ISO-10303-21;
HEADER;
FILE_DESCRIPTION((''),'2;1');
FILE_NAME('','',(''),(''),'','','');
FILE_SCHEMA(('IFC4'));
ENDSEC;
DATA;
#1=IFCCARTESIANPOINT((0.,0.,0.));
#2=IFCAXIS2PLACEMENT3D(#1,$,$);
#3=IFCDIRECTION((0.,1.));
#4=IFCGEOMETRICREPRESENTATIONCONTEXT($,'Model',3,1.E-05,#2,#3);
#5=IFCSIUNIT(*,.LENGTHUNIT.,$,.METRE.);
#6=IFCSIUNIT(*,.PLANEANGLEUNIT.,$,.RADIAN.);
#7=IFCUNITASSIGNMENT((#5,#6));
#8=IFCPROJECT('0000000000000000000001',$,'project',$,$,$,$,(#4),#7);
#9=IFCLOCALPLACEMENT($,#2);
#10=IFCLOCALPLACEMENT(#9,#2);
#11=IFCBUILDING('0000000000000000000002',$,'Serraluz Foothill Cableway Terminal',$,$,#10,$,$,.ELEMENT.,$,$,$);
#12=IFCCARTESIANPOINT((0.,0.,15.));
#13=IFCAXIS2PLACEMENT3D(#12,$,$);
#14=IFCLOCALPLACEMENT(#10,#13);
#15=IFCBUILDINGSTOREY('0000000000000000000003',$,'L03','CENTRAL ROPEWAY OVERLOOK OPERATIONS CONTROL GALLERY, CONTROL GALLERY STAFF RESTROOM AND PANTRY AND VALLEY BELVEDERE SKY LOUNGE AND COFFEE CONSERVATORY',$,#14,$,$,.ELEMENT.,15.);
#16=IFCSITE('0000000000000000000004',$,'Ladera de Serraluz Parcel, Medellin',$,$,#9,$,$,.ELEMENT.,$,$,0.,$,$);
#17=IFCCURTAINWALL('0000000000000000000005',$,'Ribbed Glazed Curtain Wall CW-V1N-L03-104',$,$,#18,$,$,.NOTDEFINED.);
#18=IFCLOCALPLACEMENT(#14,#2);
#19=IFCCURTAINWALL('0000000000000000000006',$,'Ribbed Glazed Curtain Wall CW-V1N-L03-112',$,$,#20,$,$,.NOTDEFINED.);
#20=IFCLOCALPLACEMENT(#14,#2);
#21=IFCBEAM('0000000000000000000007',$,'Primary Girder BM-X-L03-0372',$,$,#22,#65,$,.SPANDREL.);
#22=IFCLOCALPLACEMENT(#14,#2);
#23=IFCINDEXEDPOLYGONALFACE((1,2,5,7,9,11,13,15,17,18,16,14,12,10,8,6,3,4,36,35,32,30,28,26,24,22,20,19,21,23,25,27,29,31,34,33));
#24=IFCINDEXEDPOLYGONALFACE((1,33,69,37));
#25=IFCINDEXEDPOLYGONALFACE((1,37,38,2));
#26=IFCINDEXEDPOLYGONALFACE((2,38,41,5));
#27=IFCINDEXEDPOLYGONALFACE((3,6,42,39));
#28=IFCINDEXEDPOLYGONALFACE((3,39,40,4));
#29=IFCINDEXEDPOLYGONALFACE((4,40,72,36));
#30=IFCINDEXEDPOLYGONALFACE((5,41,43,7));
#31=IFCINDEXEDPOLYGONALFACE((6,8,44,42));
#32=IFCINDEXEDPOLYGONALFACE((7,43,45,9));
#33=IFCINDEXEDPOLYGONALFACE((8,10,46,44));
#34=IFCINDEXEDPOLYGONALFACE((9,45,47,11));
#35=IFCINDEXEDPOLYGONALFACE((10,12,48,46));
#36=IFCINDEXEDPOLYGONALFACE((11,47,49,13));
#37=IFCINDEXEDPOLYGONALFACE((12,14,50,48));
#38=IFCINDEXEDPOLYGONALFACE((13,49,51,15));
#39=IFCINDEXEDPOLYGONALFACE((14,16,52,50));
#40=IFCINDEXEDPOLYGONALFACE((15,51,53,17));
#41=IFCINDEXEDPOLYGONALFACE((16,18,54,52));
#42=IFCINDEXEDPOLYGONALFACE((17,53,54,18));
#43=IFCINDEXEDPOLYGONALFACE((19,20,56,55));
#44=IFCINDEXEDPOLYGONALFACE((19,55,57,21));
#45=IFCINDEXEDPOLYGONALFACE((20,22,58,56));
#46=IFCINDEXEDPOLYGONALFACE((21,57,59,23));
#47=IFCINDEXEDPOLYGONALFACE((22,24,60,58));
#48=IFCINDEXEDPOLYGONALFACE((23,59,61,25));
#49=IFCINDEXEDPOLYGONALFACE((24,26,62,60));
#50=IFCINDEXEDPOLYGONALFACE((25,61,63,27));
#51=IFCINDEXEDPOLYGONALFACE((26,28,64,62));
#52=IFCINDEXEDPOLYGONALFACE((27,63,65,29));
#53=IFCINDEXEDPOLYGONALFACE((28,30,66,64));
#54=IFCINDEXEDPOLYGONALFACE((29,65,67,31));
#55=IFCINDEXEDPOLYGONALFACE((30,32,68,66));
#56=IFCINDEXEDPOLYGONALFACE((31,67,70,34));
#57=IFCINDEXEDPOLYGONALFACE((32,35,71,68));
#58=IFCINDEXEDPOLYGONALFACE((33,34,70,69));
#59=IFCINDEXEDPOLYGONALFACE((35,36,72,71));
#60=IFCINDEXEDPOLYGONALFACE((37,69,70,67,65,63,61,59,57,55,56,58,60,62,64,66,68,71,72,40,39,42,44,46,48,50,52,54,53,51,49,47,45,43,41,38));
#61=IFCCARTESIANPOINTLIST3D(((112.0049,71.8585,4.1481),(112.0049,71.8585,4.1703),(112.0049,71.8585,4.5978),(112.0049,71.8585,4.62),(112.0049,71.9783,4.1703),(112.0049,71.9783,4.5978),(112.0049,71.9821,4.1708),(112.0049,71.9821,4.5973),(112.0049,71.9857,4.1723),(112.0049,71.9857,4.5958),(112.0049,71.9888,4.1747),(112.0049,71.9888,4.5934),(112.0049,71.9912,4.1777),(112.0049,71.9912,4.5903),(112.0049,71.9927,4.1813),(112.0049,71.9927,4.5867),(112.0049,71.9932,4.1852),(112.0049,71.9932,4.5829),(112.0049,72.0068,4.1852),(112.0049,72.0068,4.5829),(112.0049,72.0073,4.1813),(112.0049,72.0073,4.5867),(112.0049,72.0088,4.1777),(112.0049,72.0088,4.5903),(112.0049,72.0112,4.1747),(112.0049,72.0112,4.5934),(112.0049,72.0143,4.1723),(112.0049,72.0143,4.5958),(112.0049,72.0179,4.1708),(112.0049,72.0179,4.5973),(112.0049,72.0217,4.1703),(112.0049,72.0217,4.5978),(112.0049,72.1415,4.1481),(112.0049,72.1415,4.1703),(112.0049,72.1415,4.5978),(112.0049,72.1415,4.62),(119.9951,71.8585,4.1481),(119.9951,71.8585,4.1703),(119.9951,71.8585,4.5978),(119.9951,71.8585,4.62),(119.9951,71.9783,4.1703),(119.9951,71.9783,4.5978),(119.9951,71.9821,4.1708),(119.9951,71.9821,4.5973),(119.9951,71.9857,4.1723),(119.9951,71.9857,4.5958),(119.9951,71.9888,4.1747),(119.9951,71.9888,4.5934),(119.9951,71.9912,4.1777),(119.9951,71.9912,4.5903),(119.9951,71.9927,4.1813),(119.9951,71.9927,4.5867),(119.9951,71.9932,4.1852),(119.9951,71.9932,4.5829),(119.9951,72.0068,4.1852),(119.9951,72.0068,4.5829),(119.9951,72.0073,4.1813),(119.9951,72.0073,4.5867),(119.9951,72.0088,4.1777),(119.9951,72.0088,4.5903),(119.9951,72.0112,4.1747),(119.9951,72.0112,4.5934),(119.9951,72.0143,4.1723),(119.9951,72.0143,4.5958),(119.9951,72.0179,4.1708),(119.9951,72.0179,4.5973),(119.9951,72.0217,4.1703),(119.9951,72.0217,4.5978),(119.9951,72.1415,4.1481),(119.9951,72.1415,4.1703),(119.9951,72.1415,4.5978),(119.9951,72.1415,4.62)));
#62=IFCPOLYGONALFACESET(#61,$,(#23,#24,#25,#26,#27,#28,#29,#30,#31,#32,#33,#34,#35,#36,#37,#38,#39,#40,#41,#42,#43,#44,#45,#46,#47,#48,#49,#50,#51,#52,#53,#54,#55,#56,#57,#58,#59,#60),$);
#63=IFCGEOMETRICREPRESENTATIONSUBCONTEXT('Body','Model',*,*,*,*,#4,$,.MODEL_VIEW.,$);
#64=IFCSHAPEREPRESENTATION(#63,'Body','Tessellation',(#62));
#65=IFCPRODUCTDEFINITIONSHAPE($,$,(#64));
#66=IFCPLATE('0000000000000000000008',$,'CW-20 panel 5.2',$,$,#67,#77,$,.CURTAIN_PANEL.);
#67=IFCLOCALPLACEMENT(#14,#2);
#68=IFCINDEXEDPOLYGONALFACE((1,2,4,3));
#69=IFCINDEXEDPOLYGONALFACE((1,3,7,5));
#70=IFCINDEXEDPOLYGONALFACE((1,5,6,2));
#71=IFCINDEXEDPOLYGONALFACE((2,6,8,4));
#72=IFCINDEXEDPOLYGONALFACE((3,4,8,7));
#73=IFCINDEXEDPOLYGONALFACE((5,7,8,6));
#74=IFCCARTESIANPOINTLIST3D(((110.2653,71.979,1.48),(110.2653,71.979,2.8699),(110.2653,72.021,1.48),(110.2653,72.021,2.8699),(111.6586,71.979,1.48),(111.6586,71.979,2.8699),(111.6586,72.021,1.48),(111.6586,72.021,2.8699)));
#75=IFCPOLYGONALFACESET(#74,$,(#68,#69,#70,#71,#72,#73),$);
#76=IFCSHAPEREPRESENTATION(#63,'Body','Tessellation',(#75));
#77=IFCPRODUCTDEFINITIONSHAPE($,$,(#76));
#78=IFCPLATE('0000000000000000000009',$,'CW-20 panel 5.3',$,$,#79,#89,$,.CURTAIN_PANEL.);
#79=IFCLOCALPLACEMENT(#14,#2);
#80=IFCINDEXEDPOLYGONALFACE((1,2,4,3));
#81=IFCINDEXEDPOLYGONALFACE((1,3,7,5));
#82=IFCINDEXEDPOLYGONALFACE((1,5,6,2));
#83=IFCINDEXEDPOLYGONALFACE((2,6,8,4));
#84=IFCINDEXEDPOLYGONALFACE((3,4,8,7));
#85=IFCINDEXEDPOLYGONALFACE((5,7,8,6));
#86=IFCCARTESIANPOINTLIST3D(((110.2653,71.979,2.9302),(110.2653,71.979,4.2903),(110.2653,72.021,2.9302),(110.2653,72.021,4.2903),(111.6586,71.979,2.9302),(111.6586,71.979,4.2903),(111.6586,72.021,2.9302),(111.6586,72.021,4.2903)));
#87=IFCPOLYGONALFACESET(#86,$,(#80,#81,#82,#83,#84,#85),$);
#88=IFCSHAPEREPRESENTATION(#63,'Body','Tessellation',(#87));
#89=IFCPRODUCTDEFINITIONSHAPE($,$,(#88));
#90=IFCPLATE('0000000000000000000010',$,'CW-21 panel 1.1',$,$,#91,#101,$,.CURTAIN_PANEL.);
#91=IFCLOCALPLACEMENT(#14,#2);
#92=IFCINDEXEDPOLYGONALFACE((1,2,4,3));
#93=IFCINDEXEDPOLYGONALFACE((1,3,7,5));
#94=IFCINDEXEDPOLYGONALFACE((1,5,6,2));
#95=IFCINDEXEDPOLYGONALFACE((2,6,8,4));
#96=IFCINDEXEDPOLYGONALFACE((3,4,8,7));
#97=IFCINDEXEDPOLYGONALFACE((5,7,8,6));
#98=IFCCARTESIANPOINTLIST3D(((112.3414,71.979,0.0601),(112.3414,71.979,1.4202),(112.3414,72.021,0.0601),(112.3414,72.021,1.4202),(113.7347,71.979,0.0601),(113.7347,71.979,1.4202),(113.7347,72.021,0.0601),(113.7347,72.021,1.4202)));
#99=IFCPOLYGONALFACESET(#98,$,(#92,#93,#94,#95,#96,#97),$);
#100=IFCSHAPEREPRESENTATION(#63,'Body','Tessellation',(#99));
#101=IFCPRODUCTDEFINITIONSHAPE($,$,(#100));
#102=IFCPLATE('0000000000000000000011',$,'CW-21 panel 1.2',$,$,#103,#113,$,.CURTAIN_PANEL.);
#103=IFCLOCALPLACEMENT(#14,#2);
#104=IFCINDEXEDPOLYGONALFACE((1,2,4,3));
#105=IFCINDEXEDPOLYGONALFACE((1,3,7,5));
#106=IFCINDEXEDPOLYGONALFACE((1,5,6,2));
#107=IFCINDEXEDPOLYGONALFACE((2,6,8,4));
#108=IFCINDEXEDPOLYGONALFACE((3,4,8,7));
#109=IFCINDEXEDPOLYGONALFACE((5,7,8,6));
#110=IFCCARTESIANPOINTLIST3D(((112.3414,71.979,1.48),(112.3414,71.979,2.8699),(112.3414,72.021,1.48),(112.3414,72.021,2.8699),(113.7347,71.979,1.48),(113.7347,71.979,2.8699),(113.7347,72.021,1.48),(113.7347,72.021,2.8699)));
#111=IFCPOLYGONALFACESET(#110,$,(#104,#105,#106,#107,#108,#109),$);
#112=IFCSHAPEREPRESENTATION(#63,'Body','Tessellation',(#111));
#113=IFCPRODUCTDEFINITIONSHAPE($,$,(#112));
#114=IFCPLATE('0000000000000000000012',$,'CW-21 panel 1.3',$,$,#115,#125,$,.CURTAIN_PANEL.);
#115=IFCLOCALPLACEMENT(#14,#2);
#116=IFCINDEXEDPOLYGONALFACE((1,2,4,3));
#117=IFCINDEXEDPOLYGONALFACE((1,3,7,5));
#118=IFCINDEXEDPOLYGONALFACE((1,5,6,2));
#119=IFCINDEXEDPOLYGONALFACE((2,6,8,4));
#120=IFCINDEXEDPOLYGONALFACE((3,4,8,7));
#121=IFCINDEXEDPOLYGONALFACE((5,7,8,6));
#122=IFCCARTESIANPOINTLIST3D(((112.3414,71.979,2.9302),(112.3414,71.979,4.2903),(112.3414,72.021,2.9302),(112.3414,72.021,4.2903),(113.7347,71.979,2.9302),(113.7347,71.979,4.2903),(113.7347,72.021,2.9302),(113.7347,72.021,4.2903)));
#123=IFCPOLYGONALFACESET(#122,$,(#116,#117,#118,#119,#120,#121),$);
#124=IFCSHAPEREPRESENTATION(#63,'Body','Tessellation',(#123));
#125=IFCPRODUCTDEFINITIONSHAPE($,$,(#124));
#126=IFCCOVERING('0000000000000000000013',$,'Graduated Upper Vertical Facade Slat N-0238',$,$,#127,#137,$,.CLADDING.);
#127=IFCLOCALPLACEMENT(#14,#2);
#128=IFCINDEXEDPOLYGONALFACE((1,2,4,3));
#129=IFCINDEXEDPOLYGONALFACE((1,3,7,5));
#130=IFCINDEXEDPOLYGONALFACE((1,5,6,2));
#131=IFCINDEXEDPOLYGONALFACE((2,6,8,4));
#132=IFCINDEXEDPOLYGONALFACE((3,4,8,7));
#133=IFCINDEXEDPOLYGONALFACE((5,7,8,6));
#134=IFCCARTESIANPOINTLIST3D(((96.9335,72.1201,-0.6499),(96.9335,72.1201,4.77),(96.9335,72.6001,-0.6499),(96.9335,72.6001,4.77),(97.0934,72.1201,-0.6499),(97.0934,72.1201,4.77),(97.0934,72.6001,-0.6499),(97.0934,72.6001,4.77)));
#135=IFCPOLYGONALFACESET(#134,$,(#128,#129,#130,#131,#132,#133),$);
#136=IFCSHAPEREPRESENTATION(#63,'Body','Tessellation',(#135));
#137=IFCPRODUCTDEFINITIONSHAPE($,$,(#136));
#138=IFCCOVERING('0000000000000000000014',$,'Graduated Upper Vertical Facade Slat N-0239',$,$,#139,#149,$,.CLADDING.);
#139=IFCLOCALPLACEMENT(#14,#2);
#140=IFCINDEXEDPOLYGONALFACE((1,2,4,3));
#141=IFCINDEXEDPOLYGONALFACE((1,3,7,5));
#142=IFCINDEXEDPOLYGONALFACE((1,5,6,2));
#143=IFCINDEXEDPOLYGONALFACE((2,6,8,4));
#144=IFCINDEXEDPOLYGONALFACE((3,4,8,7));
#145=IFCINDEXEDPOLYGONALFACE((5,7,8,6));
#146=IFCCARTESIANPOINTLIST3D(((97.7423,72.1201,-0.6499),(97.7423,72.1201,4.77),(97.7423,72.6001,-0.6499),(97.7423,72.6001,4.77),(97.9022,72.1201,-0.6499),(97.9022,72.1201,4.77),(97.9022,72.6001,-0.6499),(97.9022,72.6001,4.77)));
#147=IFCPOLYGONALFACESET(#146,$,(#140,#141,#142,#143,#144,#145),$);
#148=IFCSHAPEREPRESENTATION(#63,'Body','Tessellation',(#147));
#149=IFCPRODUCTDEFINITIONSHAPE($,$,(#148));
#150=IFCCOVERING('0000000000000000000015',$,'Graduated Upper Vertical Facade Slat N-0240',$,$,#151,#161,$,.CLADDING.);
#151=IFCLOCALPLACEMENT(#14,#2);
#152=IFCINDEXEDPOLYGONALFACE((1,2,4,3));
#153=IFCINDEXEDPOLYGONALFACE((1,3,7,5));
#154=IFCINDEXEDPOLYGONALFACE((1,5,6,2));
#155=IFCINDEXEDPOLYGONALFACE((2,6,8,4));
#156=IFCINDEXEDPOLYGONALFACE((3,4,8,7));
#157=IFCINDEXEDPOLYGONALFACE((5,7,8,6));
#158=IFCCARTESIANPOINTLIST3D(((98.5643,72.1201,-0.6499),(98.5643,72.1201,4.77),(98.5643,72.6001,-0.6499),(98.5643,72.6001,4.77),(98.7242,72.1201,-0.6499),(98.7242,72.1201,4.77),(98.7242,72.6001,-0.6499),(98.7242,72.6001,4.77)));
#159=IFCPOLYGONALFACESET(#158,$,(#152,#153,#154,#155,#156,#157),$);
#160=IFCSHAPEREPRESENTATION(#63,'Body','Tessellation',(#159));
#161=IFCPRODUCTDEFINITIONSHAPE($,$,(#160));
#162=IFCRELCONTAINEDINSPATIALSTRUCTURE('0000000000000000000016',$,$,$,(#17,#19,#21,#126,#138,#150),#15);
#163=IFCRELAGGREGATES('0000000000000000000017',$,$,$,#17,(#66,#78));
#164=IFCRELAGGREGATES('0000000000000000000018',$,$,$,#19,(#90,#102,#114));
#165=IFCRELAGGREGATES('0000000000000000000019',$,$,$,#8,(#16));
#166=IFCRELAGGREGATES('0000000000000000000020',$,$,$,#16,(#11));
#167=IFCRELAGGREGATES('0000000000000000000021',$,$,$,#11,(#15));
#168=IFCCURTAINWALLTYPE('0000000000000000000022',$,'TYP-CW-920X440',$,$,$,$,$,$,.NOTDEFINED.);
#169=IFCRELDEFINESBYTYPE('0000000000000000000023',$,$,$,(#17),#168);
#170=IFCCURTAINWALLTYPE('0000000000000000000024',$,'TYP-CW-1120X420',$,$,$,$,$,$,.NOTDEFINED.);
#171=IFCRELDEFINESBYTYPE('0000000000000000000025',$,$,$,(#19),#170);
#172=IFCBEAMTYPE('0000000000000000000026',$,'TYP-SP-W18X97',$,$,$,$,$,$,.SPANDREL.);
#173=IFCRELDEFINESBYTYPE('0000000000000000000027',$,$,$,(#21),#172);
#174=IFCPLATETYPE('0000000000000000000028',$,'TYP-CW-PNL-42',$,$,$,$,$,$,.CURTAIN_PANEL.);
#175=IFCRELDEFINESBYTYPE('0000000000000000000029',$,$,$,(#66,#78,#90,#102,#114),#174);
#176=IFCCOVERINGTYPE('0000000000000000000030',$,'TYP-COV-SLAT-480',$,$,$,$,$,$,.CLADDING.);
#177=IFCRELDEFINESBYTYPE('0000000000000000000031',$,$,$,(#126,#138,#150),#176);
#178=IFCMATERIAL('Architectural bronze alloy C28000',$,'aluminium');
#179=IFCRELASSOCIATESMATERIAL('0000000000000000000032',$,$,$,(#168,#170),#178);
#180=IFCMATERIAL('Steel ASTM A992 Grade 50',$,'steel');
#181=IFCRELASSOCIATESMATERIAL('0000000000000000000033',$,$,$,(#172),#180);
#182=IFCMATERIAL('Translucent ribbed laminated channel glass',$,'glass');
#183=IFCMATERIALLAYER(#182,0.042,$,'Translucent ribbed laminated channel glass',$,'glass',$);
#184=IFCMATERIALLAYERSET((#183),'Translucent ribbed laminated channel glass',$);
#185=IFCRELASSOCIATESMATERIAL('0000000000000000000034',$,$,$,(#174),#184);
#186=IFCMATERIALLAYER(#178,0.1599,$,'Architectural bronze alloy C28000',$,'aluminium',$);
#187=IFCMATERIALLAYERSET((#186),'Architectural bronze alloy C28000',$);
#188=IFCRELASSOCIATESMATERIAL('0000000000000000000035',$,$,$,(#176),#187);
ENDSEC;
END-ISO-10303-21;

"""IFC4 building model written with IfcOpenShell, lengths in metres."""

from ifc_helpers import new_model, si_unit, direction, frame, origin, origin_2d, place, context, subcontext, project, spatial, rectangle, i_section, extrude, material, layer, layer_set, material_profile, profile_set, type_object, element, aggregate, save


model = new_model("IFC4")

# Units and contexts
model_context = context("Model", 3, precision=1e-05, world=origin(), true_north=direction((0.0, 1.0)))
body_context = subcontext(model_context, "Body", "Model", "MODEL_VIEW")
ifc_project = project(units=[si_unit("LENGTHUNIT", "METRE"), si_unit("PLANEANGLEUNIT", "RADIAN")], contexts=[model_context])

# Site, building, storey
site_placement = place(None, origin())
site = spatial("IfcSite", under=ifc_project, at=site_placement, Name="Ladera de Serraluz Parcel, Medellin", CompositionType="ELEMENT", RefElevation=0.0)
building_placement = place(site_placement, origin())
building = spatial("IfcBuilding", under=site, at=building_placement, Name="Serraluz Foothill Cableway Terminal", CompositionType="ELEMENT")
storey_placement = place(building_placement, frame((0.0, 0.0, 15.0)))
storey = spatial("IfcBuildingStorey", under=building, at=storey_placement, Name="L03", Description="CENTRAL ROPEWAY OVERLOOK OPERATIONS CONTROL GALLERY, CONTROL GALLERY STAFF RESTROOM AND PANTRY AND VALLEY BELVEDERE SKY LOUNGE AND COFFEE CONSERVATORY", CompositionType="ELEMENT", Elevation=15.0)

# Shared definitions
ifc_material_1 = material(Name="Steel ASTM A992 Grade 50", Category="steel")

# Curtain wall
ifc_material_2 = material(Name="Architectural bronze alloy C28000", Category="aluminium")
curtain_wall_type_1 = type_object("IfcCurtainWallType", Name="TYP-CW-920X440", PredefinedType="NOTDEFINED", material=ifc_material_2)
curtain_wall_1_placement = place(storey_placement, origin())
curtain_wall_1 = element("IfcCurtainWall", 1, at=curtain_wall_1_placement, inside=storey, type_object=curtain_wall_type_1, Name="Ribbed Glazed Curtain Wall CW-V1N-L03-104", PredefinedType="NOTDEFINED")

# Curtain wall
curtain_wall_type_2 = type_object("IfcCurtainWallType", Name="TYP-CW-1120X420", PredefinedType="NOTDEFINED", material=ifc_material_2)
curtain_wall_2_placement = place(storey_placement, origin())
curtain_wall_2 = element("IfcCurtainWall", 2, at=curtain_wall_2_placement, inside=storey, type_object=curtain_wall_type_2, Name="Ribbed Glazed Curtain Wall CW-V1N-L03-112", PredefinedType="NOTDEFINED")

# Beam
ifc_material_profile_1 = material_profile(ifc_material_1, i_section(OverallWidth=0.283, OverallDepth=0.4719, WebThickness=0.0137, FlangeThickness=0.0222, FilletRadius=0.0149, at=origin_2d()), Name="W18X97")
ifc_profile_set_1 = profile_set([ifc_material_profile_1], Name="Steel ASTM A992 Grade 50")
beam_type = type_object("IfcBeamType", Name="TYP-SP-W18X97", PredefinedType="SPANDREL", material=ifc_profile_set_1)
beam_placement = place(storey_placement, frame((112.0049, 72.0, 4.384), z_axis=(1.0, 0.0, 0.0), x_axis=(0.0, 1.0, 0.0)))
element("IfcBeam", 3, at=beam_placement, inside=storey, type_object=beam_type, Name="Primary Girder BM-X-L03-0372", PredefinedType="SPANDREL", context=body_context, shape_type="SweptSolid", body=[
    extrude(i_section(OverallWidth=0.283, OverallDepth=0.4719, WebThickness=0.0137, FlangeThickness=0.0222, FilletRadius=0.0149, at=origin_2d()), origin(), (0.0, 0.0, 1.0), 7.9902),
])

# Plates
ifc_material_3 = material(Name="Translucent ribbed laminated channel glass", Category="glass")
ifc_layer_1 = layer(ifc_material_3, 0.042, Name="Translucent ribbed laminated channel glass", Category="glass")
ifc_layer_set_1 = layer_set([ifc_layer_1], Name="Translucent ribbed laminated channel glass")
plate_type = type_object("IfcPlateType", Name="TYP-CW-PNL-42", PredefinedType="CURTAIN_PANEL", material=ifc_layer_set_1)
plate_1_placement = place(storey_placement, frame((110.9619, 72.0, 1.48), z_axis=(0.0, 0.0, 1.0), x_axis=(1.0, 0.0, 0.0)))
plate_1 = element("IfcPlate", 4, at=plate_1_placement, type_object=plate_type, Name="CW-20 panel 5.2", PredefinedType="CURTAIN_PANEL", context=body_context, shape_type="SweptSolid", body=[
    extrude(rectangle(XDim=1.3933, YDim=0.042, at=origin_2d()), origin(), (0.0, 0.0, 1.0), 1.3899),
])
plate_2_placement = place(storey_placement, frame((110.9619, 72.0, 2.9302), z_axis=(0.0, 0.0, 1.0), x_axis=(1.0, 0.0, 0.0)))
plate_2 = element("IfcPlate", 5, at=plate_2_placement, type_object=plate_type, Name="CW-20 panel 5.3", PredefinedType="CURTAIN_PANEL", context=body_context, shape_type="SweptSolid", body=[
    extrude(rectangle(XDim=1.3933, YDim=0.042, at=origin_2d()), origin(), (0.0, 0.0, 1.0), 1.3601),
])
aggregate(curtain_wall_1, [plate_1, plate_2])
plate_3_placement = place(storey_placement, frame((113.0381, 72.0, 0.0601), z_axis=(0.0, 0.0, 1.0), x_axis=(1.0, 0.0, 0.0)))
plate_3 = element("IfcPlate", 6, at=plate_3_placement, type_object=plate_type, Name="CW-21 panel 1.1", PredefinedType="CURTAIN_PANEL", context=body_context, shape_type="SweptSolid", body=[
    extrude(rectangle(XDim=1.3933, YDim=0.042, at=origin_2d()), origin(), (0.0, 0.0, 1.0), 1.3601),
])
plate_4_placement = place(storey_placement, frame((113.0381, 72.0, 1.48), z_axis=(0.0, 0.0, 1.0), x_axis=(1.0, 0.0, 0.0)))
plate_4 = element("IfcPlate", 7, at=plate_4_placement, type_object=plate_type, Name="CW-21 panel 1.2", PredefinedType="CURTAIN_PANEL", context=body_context, shape_type="SweptSolid", body=[
    extrude(rectangle(XDim=1.3933, YDim=0.042, at=origin_2d()), origin(), (0.0, 0.0, 1.0), 1.3899),
])
plate_5_placement = place(storey_placement, frame((113.0381, 72.0, 2.9302), z_axis=(0.0, 0.0, 1.0), x_axis=(1.0, 0.0, 0.0)))
plate_5 = element("IfcPlate", 8, at=plate_5_placement, type_object=plate_type, Name="CW-21 panel 1.3", PredefinedType="CURTAIN_PANEL", context=body_context, shape_type="SweptSolid", body=[
    extrude(rectangle(XDim=1.3933, YDim=0.042, at=origin_2d()), origin(), (0.0, 0.0, 1.0), 1.3601),
])
aggregate(curtain_wall_2, [plate_3, plate_4, plate_5])

# Coverings
ifc_layer_2 = layer(ifc_material_2, 0.1599, Name="Architectural bronze alloy C28000", Category="aluminium")
ifc_layer_set_2 = layer_set([ifc_layer_2], Name="Architectural bronze alloy C28000")
covering_type = type_object("IfcCoveringType", Name="TYP-COV-SLAT-480", PredefinedType="CLADDING", material=ifc_layer_set_2)
for number, where, z_axis, x_axis, name in (
    (9, (97.0134, 72.3601, -0.6499), (0.0, 0.0, 1.0), (1.0, 0.0, 0.0), "Graduated Upper Vertical Facade Slat N-0238"),
    (10, (97.8223, 72.3601, -0.6499), (0.0, 0.0, 1.0), (1.0, 0.0, 0.0), "Graduated Upper Vertical Facade Slat N-0239"),
    (11, (98.6443, 72.3601, -0.6499), (0.0, 0.0, 1.0), (1.0, 0.0, 0.0), "Graduated Upper Vertical Facade Slat N-0240"),
):
    element("IfcCovering", number, at=place(storey_placement, frame(where, z_axis=z_axis, x_axis=x_axis)), inside=storey, type_object=covering_type, Name=name, PredefinedType="CLADDING", context=body_context, shape_type="SweptSolid", body=[
        extrude(rectangle(XDim=0.1599, YDim=0.48, at=origin_2d()), origin(), (0.0, 0.0, 1.0), 5.4199),
    ])

save(model, "model.ifc")
